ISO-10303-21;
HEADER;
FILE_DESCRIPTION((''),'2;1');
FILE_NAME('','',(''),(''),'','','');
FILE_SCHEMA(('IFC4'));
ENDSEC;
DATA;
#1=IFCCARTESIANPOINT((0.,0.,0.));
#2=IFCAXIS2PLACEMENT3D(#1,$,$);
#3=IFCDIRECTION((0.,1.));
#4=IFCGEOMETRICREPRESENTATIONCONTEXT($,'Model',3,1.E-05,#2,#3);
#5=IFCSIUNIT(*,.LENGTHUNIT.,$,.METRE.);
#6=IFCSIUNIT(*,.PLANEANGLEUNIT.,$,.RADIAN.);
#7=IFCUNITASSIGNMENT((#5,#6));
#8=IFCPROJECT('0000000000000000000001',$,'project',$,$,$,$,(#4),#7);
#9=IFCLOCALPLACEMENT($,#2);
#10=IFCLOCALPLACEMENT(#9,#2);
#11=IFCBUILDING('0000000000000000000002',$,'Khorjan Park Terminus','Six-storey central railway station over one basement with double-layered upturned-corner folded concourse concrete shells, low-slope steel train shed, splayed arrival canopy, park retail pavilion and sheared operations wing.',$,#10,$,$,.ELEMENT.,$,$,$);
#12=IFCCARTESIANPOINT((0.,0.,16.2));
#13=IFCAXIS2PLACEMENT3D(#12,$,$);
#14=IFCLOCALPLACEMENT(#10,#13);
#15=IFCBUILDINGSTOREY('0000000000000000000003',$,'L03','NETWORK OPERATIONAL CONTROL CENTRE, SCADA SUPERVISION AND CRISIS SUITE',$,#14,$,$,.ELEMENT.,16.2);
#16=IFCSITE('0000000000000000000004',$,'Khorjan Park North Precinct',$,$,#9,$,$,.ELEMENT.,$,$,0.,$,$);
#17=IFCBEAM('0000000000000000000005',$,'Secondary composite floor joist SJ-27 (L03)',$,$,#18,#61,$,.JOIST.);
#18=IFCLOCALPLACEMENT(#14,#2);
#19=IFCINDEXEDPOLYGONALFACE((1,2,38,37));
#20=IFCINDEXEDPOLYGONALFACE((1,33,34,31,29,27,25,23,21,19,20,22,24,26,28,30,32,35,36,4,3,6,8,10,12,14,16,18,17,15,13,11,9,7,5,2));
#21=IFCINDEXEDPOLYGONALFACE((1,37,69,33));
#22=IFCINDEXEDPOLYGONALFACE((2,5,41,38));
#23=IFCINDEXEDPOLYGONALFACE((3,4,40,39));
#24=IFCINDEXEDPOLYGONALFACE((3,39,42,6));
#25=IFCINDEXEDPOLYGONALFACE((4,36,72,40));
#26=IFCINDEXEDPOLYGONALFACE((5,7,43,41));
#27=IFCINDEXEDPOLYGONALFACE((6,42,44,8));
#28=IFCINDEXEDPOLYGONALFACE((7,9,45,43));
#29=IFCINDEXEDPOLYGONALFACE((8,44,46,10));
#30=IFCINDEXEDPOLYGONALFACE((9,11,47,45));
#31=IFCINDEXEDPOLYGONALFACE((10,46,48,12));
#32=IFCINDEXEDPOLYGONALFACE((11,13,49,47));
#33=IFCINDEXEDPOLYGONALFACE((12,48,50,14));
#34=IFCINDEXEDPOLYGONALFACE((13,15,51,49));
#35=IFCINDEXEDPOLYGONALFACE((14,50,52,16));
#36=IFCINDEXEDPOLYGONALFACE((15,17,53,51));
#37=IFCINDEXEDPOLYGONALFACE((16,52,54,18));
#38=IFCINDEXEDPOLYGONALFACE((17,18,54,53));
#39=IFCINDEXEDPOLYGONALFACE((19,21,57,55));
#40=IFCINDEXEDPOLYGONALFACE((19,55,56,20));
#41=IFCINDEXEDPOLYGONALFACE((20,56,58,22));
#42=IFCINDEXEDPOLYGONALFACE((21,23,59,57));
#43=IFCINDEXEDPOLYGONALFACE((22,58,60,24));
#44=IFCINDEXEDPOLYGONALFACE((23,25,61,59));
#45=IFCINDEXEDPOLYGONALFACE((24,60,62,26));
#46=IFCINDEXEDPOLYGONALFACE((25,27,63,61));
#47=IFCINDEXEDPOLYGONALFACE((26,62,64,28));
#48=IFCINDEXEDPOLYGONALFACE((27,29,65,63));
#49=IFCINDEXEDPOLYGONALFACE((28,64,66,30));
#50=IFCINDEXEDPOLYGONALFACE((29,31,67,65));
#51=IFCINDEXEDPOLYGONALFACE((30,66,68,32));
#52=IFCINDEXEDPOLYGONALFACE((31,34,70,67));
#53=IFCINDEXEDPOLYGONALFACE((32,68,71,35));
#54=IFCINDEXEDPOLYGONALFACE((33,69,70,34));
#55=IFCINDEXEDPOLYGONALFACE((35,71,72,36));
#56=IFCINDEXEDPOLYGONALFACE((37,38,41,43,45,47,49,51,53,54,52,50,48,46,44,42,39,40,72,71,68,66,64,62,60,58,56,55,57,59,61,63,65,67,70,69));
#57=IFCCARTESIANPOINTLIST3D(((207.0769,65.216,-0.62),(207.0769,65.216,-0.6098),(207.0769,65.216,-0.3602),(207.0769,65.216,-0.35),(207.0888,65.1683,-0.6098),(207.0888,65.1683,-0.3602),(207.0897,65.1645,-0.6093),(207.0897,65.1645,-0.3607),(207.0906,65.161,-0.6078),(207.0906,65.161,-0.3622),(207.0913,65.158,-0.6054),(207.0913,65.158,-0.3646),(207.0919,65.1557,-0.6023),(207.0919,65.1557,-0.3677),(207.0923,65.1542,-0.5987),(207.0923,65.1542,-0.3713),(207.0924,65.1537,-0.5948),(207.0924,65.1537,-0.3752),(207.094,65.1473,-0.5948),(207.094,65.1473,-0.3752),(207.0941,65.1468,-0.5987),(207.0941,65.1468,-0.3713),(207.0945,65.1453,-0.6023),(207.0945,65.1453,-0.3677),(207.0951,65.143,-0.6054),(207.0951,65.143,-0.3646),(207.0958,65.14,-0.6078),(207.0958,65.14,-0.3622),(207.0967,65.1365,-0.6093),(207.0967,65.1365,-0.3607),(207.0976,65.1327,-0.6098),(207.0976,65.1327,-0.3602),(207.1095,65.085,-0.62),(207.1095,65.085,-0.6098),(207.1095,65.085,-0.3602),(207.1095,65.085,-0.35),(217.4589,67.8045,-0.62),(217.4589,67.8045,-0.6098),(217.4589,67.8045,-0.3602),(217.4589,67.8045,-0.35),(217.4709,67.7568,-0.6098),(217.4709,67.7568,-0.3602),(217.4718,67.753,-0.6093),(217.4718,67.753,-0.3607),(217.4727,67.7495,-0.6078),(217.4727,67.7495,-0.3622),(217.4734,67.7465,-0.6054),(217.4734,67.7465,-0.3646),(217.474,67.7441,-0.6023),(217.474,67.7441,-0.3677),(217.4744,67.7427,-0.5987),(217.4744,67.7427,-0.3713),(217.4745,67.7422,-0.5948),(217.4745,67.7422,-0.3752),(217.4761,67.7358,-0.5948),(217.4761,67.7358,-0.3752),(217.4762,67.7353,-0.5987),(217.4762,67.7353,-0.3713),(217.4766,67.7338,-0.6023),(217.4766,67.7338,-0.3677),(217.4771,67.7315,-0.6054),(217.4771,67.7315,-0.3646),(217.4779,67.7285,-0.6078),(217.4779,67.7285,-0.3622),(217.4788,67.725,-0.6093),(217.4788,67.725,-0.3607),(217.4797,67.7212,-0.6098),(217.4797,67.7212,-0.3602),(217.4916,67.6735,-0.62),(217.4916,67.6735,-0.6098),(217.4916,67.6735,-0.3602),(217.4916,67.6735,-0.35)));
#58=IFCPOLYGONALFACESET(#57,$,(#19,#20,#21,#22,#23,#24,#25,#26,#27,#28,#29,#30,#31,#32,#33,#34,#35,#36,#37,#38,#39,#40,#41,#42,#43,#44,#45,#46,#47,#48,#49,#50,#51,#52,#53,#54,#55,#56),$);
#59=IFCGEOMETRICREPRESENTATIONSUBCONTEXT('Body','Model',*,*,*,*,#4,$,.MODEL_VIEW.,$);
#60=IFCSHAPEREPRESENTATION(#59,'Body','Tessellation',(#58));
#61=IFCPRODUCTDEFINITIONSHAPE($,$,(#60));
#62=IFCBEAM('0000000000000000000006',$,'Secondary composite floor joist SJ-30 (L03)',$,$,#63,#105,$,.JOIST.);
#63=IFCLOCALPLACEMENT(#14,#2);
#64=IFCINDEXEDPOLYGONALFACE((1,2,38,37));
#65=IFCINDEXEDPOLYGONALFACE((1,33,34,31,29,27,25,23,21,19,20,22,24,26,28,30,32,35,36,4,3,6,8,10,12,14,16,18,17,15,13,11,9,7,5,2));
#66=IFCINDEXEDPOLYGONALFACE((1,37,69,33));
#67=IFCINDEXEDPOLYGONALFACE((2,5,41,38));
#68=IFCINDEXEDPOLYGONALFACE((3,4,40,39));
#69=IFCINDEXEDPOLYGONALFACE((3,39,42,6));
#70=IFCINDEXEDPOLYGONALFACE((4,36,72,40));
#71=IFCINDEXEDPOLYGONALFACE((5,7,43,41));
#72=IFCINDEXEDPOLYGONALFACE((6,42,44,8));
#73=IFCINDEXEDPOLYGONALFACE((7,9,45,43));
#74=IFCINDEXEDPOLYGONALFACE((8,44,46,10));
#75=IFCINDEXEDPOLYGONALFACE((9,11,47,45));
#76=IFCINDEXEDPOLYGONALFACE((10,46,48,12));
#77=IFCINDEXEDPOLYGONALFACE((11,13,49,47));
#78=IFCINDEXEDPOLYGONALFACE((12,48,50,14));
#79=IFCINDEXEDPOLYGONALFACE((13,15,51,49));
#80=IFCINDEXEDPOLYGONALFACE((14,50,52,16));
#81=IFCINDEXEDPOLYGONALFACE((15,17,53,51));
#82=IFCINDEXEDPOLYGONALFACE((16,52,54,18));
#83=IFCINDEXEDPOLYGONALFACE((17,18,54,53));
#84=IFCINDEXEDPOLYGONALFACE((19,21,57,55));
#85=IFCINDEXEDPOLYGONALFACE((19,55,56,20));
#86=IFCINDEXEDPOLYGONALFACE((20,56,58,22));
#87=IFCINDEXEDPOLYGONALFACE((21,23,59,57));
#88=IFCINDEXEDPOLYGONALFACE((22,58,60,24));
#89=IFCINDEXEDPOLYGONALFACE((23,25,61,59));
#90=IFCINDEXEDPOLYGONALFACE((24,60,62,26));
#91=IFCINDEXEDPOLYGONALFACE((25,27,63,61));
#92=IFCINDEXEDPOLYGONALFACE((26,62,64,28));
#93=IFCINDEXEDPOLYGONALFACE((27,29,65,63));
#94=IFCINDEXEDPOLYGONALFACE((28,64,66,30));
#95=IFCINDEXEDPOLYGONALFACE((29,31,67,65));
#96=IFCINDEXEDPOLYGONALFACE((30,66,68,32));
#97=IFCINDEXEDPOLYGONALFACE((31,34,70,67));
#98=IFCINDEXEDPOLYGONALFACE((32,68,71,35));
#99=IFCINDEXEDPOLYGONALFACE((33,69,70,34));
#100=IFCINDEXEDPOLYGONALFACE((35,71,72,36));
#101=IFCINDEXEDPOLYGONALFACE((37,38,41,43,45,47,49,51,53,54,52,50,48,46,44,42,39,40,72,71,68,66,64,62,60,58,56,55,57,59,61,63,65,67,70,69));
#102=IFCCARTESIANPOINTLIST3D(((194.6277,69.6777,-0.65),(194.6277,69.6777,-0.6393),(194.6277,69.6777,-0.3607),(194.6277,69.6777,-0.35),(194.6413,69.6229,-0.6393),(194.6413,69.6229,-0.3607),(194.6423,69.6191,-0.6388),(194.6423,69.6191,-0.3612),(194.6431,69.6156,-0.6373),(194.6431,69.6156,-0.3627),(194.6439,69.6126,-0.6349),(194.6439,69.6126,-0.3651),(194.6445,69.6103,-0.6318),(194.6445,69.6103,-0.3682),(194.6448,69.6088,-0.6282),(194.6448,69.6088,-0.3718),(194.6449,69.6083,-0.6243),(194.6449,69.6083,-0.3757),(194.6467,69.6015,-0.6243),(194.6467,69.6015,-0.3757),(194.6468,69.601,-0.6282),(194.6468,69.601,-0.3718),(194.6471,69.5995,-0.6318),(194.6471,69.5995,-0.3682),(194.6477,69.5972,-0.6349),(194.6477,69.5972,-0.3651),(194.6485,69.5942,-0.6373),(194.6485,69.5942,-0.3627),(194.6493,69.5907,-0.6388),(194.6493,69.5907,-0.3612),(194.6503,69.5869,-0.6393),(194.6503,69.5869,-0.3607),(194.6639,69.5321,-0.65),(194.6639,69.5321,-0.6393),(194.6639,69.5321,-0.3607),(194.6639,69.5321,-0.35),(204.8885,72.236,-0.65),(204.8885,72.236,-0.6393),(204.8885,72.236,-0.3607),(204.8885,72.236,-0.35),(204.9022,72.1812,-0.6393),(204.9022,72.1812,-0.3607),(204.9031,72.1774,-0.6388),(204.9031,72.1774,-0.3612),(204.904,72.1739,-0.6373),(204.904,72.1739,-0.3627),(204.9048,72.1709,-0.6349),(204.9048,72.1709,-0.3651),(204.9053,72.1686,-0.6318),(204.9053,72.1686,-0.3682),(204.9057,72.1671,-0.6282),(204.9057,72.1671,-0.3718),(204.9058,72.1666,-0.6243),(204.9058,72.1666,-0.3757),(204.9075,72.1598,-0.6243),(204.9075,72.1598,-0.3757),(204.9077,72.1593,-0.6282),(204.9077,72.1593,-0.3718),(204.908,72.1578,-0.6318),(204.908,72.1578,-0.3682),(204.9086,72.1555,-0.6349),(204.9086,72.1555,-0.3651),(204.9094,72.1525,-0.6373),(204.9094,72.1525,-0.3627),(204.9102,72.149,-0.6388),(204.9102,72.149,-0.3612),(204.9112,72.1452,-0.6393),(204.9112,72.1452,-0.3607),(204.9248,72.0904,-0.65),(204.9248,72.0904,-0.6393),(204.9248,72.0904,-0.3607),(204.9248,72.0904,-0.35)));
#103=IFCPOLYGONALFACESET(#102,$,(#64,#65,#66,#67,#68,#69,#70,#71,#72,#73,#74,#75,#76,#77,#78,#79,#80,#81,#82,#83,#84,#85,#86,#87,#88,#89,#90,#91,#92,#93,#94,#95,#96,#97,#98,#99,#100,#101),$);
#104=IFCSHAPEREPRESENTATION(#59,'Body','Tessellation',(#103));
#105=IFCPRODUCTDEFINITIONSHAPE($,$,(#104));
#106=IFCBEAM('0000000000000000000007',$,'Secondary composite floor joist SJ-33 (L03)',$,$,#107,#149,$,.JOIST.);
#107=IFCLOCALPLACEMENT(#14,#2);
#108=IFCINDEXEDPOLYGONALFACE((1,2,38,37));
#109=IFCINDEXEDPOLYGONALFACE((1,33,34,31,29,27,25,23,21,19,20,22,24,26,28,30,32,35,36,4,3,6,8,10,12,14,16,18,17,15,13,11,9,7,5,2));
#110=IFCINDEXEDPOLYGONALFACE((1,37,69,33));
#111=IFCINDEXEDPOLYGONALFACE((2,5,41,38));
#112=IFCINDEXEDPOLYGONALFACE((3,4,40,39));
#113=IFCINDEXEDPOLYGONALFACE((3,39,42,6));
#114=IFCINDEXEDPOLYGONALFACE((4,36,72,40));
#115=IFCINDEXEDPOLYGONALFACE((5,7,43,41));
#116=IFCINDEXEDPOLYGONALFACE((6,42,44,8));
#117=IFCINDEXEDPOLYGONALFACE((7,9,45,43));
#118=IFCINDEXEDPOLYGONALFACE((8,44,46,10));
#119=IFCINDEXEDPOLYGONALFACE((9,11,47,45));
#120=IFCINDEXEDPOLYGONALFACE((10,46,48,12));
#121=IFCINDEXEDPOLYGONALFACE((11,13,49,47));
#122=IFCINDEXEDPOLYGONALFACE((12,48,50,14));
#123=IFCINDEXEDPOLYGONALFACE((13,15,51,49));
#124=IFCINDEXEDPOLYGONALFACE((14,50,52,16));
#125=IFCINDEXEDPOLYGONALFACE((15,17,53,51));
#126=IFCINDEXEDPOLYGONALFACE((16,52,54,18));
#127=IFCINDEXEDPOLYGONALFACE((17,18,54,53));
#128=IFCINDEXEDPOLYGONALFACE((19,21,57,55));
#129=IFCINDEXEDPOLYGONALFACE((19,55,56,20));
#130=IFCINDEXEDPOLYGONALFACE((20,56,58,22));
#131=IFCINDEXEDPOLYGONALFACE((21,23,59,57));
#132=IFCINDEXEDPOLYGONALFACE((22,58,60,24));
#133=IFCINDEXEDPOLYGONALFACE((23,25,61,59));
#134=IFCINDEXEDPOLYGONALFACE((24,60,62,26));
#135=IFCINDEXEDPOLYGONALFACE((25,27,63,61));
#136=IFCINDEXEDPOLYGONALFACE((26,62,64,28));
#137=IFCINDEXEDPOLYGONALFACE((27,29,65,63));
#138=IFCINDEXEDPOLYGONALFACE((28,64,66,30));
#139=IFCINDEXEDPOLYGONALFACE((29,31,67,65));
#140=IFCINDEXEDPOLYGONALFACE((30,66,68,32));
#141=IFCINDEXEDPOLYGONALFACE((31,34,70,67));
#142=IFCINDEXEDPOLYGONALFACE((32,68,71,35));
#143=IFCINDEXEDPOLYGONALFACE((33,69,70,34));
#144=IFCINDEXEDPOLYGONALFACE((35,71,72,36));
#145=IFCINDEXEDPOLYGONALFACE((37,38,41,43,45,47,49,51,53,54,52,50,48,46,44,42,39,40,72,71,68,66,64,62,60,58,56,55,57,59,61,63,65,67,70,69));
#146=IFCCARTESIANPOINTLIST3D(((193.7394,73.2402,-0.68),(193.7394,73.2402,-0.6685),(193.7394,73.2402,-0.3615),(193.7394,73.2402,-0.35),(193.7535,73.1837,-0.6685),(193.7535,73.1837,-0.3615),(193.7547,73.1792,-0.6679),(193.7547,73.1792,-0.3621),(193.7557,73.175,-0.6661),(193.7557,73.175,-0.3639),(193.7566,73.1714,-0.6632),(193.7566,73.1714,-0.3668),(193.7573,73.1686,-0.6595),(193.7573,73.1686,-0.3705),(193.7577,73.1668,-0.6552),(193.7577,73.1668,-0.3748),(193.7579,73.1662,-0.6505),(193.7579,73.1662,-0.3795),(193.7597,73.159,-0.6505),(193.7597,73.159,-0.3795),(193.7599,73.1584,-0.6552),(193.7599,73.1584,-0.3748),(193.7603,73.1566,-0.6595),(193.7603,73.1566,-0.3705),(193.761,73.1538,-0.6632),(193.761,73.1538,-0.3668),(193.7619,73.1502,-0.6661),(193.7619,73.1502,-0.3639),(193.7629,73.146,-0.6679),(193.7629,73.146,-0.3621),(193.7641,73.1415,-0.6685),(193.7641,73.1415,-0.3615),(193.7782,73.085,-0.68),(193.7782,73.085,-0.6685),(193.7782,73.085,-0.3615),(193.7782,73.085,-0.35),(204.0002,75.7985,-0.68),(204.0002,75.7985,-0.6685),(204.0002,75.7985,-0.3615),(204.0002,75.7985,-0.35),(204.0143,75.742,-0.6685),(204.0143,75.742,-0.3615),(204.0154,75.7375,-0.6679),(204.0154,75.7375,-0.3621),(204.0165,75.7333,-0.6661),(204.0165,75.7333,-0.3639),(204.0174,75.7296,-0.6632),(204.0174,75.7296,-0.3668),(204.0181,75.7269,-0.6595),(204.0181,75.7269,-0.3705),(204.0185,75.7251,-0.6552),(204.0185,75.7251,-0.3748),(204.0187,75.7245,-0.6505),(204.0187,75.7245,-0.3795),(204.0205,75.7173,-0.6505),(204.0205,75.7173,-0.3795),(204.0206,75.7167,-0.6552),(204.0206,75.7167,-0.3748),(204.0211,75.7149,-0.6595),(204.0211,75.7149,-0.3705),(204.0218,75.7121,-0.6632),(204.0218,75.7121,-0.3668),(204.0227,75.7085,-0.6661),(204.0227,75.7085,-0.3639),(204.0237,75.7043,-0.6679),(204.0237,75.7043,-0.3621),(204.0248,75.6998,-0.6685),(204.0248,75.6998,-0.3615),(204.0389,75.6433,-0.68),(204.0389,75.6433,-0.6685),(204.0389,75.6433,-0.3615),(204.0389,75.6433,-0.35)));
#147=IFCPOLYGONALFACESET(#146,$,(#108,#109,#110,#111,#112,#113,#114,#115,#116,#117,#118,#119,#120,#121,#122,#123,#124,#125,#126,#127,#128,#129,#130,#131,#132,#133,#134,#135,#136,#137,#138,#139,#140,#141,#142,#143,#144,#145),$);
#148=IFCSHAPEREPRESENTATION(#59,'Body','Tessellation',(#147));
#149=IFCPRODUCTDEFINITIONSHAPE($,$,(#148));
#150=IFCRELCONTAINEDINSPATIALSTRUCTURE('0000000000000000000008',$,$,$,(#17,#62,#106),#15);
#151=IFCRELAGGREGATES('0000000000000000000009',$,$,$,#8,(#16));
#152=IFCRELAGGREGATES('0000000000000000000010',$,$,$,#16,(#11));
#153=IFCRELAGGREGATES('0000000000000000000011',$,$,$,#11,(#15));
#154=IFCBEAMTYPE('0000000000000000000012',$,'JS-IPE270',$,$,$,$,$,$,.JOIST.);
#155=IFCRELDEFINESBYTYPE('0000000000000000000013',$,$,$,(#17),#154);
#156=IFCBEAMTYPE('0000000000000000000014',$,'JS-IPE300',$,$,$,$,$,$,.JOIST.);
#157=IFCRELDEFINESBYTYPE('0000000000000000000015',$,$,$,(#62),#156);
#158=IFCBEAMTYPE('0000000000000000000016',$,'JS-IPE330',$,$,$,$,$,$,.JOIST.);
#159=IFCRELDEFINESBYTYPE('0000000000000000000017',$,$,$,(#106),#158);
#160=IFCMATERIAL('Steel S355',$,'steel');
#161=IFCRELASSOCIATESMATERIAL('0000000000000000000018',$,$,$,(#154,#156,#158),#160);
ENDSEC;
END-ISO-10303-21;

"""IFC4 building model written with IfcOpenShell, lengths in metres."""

from ifc_helpers import new_model, si_unit, direction, frame, origin, origin_2d, place, context, subcontext, project, spatial, i_section, extrude, material, material_profile, profile_set, type_object, element, save


model = new_model("IFC4")

# Units and contexts
model_context = context("Model", 3, precision=1e-05, world=origin(), true_north=direction((0.0, 1.0)))
body_context = subcontext(model_context, "Body", "Model", "MODEL_VIEW")
ifc_project = project(units=[si_unit("LENGTHUNIT", "METRE"), si_unit("PLANEANGLEUNIT", "RADIAN")], contexts=[model_context])

# Site, building, storey
site_placement = place(None, origin())
site = spatial("IfcSite", under=ifc_project, at=site_placement, Name="Khorjan Park North Precinct", CompositionType="ELEMENT", RefElevation=0.0)
building_placement = place(site_placement, origin())
building = spatial("IfcBuilding", under=site, at=building_placement, Name="Khorjan Park Terminus", Description="Six-storey central railway station over one basement with double-layered upturned-corner folded concourse concrete shells, low-slope steel train shed, splayed arrival canopy, park retail pavilion and sheared operations wing.", CompositionType="ELEMENT")
storey_placement = place(building_placement, frame((0.0, 0.0, 16.2)))
storey = spatial("IfcBuildingStorey", under=building, at=storey_placement, Name="L03", Description="NETWORK OPERATIONAL CONTROL CENTRE, SCADA SUPERVISION AND CRISIS SUITE", CompositionType="ELEMENT", Elevation=16.2)

# Beams
ifc_material_1 = material(Name="Steel S355", Category="steel")
ifc_material_profile_1 = material_profile(ifc_material_1, i_section(OverallWidth=0.135, OverallDepth=0.27, WebThickness=0.0066, FlangeThickness=0.0102, FilletRadius=0.015, at=origin_2d()), Name="IPE 270")
ifc_profile_set_1 = profile_set([ifc_material_profile_1], Name="Steel S355")
beam_type_1 = type_object("IfcBeamType", Name="JS-IPE270", PredefinedType="JOIST", material=ifc_profile_set_1)
beam_1_placement = place(storey_placement, frame((207.0932, 65.1505, -0.485), z_axis=(0.970297, 0.241918, 0.0), x_axis=(-0.241918, 0.970297, 0.0)))
element("IfcBeam", 1, at=beam_1_placement, inside=storey, type_object=beam_type_1, Name="Secondary composite floor joist SJ-27 (L03)", PredefinedType="JOIST", context=body_context, shape_type="SweptSolid", body=[
    extrude(i_section(OverallWidth=0.135, OverallDepth=0.27, WebThickness=0.0066, FlangeThickness=0.0102, FilletRadius=0.015, at=origin_2d()), origin(), (0.0, 0.0, 1.0), 10.6999),
])
ifc_material_profile_2 = material_profile(ifc_material_1, i_section(OverallWidth=0.15, OverallDepth=0.3, WebThickness=0.0071, FlangeThickness=0.0107, FilletRadius=0.015, at=origin_2d()), Name="IPE 300")
ifc_profile_set_2 = profile_set([ifc_material_profile_2], Name="Steel S355")
beam_type_2 = type_object("IfcBeamType", Name="JS-IPE300", PredefinedType="JOIST", material=ifc_profile_set_2)
beam_2_placement = place(storey_placement, frame((194.6458, 69.6049, -0.5), z_axis=(0.970296, 0.241919, 0.0), x_axis=(-0.241919, 0.970296, 0.0)))
element("IfcBeam", 2, at=beam_2_placement, inside=storey, type_object=beam_type_2, Name="Secondary composite floor joist SJ-30 (L03)", PredefinedType="JOIST", context=body_context, shape_type="SweptSolid", body=[
    extrude(i_section(OverallWidth=0.15, OverallDepth=0.3, WebThickness=0.0071, FlangeThickness=0.0107, FilletRadius=0.015, at=origin_2d()), origin(), (0.0, 0.0, 1.0), 10.575),
])
ifc_material_profile_3 = material_profile(ifc_material_1, i_section(OverallWidth=0.16, OverallDepth=0.33, WebThickness=0.0075, FlangeThickness=0.0115, FilletRadius=0.018, at=origin_2d()), Name="IPE 330")
ifc_profile_set_3 = profile_set([ifc_material_profile_3], Name="Steel S355")
beam_type_3 = type_object("IfcBeamType", Name="JS-IPE330", PredefinedType="JOIST", material=ifc_profile_set_3)
beam_3_placement = place(storey_placement, frame((193.7588, 73.1626, -0.515), z_axis=(0.970296, 0.241921, 0.0), x_axis=(-0.241921, 0.970296, 0.0)))
element("IfcBeam", 3, at=beam_3_placement, inside=storey, type_object=beam_type_3, Name="Secondary composite floor joist SJ-33 (L03)", PredefinedType="JOIST", context=body_context, shape_type="SweptSolid", body=[
    extrude(i_section(OverallWidth=0.16, OverallDepth=0.33, WebThickness=0.0075, FlangeThickness=0.0115, FilletRadius=0.018, at=origin_2d()), origin(), (0.0, 0.0, 1.0), 10.5749),
])

save(model, "model.ifc")
